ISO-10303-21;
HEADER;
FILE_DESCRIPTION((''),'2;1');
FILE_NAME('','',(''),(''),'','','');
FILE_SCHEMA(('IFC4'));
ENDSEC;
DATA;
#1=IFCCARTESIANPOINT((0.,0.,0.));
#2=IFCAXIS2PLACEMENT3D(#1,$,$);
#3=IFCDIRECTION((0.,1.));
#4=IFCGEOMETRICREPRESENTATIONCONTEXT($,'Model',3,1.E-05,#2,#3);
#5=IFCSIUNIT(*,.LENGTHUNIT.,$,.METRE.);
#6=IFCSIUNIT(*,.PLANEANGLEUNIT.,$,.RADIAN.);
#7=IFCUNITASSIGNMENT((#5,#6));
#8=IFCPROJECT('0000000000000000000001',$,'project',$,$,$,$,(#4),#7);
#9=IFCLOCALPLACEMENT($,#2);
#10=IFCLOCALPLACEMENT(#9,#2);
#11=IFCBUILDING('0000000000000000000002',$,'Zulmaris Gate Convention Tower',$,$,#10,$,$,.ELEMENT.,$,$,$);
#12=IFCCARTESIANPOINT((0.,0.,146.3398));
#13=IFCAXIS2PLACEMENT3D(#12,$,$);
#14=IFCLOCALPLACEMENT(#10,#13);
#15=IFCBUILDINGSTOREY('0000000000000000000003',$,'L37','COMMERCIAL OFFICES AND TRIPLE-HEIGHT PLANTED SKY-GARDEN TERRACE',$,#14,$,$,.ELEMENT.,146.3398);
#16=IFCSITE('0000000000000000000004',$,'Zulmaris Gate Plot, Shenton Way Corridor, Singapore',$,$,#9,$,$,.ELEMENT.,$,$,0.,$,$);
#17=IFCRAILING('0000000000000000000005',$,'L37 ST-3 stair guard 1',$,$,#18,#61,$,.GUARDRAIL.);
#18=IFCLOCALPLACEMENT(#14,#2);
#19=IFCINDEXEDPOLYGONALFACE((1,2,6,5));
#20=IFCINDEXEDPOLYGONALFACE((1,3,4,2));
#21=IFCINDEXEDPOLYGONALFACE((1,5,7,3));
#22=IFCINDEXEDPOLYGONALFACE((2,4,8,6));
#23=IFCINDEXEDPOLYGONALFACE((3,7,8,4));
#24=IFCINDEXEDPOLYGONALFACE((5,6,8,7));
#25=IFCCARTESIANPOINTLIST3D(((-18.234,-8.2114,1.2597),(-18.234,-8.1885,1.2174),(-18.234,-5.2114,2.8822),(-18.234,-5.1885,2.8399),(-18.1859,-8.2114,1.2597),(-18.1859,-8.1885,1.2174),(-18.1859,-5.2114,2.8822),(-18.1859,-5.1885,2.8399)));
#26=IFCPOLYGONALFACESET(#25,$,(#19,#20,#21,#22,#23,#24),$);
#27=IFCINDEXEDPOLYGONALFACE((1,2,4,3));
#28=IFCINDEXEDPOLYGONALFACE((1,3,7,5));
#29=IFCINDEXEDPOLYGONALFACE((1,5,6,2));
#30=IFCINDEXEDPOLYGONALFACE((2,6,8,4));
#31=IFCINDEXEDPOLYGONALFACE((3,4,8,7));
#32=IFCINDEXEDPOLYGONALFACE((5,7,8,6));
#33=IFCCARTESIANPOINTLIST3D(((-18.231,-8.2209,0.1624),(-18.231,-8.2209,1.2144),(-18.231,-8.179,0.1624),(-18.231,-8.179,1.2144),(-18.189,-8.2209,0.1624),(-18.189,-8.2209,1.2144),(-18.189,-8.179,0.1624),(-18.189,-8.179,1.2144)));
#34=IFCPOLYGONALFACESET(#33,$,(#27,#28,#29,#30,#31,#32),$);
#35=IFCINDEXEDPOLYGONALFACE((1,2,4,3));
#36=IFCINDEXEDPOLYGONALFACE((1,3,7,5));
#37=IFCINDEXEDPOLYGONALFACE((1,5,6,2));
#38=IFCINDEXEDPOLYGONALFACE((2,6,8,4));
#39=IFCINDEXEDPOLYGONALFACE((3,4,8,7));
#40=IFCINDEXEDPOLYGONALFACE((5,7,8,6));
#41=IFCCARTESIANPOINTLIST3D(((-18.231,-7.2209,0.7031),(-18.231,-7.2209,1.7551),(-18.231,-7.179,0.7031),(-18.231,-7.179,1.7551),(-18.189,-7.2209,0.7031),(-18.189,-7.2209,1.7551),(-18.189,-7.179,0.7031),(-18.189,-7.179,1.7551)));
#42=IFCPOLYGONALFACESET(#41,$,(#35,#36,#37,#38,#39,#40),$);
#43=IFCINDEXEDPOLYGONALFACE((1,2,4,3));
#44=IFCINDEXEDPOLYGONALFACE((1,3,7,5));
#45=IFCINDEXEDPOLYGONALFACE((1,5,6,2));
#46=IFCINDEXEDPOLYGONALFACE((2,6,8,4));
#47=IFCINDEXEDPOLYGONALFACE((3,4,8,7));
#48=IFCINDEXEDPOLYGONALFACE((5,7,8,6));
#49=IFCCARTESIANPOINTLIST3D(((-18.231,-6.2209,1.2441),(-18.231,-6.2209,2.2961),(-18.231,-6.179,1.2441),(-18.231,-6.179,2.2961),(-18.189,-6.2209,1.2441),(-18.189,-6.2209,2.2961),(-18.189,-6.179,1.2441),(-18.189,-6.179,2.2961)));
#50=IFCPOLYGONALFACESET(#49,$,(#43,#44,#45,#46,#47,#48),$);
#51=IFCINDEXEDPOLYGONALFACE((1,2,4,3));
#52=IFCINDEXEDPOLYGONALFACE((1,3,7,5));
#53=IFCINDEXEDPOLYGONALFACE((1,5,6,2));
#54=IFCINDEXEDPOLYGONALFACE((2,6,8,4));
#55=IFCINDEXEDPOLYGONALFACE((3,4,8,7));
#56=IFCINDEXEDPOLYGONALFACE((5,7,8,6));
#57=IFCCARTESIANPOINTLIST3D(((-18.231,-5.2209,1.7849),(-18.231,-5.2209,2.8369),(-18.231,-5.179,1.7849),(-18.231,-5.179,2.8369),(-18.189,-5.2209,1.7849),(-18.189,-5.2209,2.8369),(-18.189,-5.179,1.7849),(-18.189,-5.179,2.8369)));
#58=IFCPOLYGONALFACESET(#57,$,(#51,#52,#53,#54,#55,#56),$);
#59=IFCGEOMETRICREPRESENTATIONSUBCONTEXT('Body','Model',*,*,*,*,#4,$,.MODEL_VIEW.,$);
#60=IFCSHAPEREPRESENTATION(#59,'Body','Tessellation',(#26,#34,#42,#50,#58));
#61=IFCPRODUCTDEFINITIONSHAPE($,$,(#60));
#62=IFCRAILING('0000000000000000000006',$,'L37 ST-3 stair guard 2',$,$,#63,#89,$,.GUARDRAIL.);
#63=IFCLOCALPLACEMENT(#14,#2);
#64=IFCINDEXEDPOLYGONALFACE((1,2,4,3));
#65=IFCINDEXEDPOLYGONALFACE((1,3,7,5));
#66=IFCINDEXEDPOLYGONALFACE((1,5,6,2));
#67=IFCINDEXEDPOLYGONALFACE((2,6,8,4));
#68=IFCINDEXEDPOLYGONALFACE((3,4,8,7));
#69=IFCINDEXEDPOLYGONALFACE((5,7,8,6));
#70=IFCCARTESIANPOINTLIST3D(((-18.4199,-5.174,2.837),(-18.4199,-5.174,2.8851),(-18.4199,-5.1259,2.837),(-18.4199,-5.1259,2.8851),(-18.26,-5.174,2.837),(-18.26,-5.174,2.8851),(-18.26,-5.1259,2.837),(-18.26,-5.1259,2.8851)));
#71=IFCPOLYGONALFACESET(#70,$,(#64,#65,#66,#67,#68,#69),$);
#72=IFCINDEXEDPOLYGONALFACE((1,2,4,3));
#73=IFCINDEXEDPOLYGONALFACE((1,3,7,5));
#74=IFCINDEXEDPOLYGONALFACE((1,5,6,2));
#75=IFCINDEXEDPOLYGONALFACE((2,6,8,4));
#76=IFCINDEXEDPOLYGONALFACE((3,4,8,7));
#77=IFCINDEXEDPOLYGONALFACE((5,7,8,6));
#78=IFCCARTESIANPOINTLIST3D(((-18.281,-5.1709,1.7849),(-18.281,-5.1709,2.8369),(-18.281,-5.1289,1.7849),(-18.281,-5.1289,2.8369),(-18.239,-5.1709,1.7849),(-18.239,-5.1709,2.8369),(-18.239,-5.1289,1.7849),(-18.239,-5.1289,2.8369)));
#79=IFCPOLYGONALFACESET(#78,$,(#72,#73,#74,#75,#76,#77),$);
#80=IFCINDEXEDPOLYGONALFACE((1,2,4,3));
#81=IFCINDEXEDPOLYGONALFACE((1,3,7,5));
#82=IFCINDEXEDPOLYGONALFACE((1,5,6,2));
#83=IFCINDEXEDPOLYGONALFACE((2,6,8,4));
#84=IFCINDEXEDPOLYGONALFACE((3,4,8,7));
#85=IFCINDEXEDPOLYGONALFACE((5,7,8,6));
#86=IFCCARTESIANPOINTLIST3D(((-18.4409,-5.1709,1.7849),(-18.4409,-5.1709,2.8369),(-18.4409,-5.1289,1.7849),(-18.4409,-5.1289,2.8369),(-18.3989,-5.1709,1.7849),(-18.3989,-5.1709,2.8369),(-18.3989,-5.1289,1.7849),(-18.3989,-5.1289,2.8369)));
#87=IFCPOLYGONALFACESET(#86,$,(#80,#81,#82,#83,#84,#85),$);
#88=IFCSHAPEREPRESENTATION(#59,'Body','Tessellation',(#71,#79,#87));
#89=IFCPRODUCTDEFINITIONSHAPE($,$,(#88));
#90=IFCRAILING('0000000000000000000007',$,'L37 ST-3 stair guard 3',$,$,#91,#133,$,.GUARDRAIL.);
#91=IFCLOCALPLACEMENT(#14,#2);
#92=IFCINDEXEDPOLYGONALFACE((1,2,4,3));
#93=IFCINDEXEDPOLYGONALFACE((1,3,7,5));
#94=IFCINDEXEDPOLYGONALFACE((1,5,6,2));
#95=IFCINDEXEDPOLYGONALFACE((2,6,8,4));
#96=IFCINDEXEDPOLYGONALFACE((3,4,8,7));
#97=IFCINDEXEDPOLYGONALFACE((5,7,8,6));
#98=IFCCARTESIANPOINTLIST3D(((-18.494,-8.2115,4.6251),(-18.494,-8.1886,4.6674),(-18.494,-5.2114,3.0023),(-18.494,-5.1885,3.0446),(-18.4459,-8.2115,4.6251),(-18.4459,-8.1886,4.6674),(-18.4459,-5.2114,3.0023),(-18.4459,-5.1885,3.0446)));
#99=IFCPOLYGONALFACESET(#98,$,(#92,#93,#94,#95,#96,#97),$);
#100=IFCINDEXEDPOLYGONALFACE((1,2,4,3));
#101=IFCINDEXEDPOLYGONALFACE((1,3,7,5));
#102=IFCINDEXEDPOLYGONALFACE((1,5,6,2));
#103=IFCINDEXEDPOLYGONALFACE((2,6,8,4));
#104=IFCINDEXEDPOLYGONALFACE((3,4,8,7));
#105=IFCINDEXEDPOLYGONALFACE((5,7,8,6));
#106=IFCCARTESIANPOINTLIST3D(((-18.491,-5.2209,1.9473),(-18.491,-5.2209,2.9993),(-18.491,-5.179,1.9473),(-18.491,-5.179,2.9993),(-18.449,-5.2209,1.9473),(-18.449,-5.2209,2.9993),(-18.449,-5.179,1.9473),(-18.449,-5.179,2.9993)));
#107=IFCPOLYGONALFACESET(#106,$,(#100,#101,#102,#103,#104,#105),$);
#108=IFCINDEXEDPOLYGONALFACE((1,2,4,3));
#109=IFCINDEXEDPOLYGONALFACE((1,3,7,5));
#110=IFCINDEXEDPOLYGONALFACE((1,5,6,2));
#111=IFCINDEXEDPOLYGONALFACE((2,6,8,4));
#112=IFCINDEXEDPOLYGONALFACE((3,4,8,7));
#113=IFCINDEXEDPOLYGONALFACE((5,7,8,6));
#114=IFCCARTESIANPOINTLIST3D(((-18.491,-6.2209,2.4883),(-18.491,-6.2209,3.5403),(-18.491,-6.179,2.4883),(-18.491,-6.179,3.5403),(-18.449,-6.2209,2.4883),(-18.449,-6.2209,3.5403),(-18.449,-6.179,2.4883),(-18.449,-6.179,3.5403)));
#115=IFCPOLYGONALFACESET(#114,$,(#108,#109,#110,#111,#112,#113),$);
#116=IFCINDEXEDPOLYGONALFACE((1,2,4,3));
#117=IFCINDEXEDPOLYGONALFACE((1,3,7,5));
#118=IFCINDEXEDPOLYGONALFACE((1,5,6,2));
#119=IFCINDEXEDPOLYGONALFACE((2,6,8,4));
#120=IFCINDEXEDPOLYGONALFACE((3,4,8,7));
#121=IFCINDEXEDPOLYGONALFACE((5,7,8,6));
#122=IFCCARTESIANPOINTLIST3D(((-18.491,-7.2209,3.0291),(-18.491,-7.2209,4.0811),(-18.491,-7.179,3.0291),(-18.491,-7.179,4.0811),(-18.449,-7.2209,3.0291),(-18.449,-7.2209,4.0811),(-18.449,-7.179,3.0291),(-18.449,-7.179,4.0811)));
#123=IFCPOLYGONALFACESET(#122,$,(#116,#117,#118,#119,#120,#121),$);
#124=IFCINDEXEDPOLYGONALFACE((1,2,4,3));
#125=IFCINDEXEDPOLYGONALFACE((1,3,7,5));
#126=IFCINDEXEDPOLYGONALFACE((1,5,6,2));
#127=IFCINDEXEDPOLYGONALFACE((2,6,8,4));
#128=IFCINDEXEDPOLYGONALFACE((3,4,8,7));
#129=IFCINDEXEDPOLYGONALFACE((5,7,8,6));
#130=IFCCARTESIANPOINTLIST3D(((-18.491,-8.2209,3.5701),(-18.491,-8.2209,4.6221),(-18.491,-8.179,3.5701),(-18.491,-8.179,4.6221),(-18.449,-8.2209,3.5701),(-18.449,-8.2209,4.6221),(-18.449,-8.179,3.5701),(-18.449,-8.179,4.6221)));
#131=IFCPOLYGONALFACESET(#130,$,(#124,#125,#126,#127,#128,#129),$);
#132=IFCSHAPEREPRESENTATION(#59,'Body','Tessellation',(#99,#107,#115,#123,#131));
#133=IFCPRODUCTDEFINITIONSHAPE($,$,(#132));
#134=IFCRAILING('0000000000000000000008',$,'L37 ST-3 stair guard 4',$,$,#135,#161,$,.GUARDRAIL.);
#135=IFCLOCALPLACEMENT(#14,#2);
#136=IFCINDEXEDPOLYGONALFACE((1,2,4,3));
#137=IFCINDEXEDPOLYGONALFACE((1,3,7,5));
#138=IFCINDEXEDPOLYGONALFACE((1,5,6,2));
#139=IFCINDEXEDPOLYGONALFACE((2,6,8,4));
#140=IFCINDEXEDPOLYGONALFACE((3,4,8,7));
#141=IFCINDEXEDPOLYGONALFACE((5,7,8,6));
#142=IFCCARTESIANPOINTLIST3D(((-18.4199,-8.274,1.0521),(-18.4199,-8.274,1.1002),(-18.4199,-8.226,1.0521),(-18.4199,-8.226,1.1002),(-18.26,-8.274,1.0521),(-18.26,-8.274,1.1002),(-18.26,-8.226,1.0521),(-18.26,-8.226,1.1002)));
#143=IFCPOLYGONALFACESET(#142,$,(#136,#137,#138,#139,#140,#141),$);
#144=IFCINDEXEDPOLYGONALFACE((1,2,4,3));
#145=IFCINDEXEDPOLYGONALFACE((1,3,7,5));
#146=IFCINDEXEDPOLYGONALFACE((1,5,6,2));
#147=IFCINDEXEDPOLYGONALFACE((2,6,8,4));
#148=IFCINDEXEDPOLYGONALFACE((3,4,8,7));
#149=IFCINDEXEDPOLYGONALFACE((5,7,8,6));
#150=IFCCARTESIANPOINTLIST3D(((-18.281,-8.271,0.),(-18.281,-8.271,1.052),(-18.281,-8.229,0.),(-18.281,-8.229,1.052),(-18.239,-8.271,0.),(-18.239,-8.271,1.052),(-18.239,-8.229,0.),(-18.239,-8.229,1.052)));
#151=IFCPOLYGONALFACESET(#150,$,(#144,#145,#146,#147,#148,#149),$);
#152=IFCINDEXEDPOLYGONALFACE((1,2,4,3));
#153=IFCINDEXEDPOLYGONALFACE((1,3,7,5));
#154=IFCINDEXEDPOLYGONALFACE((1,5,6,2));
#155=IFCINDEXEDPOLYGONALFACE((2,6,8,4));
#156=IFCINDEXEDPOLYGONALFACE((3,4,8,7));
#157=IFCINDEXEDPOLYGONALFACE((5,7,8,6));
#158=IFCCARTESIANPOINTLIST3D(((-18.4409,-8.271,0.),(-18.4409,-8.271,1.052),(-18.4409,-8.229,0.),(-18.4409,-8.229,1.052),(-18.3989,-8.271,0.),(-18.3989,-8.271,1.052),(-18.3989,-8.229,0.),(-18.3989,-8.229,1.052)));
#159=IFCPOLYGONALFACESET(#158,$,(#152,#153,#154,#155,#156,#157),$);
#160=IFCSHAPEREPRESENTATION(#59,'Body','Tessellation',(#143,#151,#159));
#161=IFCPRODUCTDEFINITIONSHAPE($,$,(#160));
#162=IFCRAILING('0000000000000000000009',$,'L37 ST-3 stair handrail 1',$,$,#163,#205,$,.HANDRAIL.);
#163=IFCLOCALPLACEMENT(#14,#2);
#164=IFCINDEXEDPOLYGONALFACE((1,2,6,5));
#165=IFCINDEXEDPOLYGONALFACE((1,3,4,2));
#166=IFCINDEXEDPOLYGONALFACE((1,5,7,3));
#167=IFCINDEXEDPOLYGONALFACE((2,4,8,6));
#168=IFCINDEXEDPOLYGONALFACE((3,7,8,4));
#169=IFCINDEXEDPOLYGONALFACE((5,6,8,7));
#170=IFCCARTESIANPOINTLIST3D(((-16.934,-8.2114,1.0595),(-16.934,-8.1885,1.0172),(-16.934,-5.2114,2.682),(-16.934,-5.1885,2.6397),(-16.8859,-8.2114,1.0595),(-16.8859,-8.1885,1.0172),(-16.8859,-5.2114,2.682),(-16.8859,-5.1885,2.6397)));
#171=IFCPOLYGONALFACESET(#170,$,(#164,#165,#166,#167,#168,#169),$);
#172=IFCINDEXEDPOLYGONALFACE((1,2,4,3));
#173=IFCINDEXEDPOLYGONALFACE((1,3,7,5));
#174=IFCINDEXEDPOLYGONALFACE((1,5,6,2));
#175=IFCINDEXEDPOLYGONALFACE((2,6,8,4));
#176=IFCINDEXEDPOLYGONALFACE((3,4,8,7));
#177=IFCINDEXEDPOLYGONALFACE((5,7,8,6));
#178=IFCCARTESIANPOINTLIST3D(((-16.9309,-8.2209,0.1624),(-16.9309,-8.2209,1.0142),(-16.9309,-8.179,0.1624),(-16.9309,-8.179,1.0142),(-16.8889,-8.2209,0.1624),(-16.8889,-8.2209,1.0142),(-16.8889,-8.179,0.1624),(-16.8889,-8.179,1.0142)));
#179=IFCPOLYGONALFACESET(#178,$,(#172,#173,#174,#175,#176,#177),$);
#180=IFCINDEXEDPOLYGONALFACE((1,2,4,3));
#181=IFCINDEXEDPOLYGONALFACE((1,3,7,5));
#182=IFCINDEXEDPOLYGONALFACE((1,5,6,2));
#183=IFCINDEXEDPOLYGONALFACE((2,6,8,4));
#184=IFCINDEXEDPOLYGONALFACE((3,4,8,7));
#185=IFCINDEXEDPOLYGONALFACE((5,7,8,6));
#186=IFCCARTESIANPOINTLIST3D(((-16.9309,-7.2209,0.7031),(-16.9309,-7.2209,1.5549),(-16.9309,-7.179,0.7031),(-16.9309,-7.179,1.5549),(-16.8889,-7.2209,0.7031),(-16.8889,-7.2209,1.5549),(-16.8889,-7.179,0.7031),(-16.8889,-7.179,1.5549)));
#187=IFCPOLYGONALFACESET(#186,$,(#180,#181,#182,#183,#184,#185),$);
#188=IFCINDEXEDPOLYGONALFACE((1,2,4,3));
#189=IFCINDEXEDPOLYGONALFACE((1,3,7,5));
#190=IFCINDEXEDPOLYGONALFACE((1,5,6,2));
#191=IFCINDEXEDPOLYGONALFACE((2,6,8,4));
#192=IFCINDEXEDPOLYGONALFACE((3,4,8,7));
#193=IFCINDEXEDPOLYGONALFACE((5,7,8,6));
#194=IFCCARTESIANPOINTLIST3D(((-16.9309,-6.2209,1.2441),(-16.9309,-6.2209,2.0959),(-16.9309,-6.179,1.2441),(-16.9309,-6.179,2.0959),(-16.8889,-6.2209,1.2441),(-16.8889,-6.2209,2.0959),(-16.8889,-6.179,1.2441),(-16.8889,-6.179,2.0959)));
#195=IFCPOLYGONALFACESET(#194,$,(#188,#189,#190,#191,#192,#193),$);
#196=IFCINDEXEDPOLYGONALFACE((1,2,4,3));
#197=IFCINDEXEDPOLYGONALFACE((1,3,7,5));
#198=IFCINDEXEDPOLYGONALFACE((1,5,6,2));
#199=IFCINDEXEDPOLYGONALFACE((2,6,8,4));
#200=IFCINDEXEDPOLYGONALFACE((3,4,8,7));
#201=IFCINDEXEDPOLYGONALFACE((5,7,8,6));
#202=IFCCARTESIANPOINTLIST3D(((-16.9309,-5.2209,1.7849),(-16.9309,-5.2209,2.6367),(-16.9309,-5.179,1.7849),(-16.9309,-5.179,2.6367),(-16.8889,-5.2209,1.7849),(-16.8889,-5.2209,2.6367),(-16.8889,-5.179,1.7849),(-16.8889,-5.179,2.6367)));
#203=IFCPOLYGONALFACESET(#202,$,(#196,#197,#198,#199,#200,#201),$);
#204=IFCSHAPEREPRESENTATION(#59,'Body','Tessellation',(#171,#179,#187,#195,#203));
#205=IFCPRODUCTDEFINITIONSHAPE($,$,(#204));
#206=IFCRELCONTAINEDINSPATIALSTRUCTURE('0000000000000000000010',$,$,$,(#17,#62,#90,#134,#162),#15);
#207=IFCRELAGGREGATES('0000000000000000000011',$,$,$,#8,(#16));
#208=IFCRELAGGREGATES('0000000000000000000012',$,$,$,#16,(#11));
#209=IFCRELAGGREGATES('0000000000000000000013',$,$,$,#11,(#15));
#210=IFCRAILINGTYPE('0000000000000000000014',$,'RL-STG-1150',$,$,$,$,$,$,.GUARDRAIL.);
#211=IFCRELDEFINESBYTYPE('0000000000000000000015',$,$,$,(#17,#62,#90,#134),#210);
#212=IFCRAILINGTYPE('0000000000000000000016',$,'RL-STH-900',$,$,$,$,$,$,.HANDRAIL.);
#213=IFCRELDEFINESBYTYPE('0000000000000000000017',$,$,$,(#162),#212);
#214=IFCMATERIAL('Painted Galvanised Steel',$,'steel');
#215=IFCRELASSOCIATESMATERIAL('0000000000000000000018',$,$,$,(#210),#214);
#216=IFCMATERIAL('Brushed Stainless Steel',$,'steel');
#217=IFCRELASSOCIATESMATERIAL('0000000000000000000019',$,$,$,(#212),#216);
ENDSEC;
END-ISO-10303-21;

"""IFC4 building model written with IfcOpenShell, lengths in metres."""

from ifc_helpers import new_model, si_unit, direction, frame, origin, origin_2d, place, context, subcontext, project, spatial, rectangle, extrude, material, type_object, element, save


model = new_model("IFC4")

# Units and contexts
model_context = context("Model", 3, precision=1e-05, world=origin(), true_north=direction((0.0, 1.0)))
body_context = subcontext(model_context, "Body", "Model", "MODEL_VIEW")
ifc_project = project(units=[si_unit("LENGTHUNIT", "METRE"), si_unit("PLANEANGLEUNIT", "RADIAN")], contexts=[model_context])

# Site, building, storey
site_placement = place(None, origin())
site = spatial("IfcSite", under=ifc_project, at=site_placement, Name="Zulmaris Gate Plot, Shenton Way Corridor, Singapore", CompositionType="ELEMENT", RefElevation=0.0)
building_placement = place(site_placement, origin())
building = spatial("IfcBuilding", under=site, at=building_placement, Name="Zulmaris Gate Convention Tower", CompositionType="ELEMENT")
storey_placement = place(building_placement, frame((0.0, 0.0, 146.3398)))
storey = spatial("IfcBuildingStorey", under=building, at=storey_placement, Name="L37", Description="COMMERCIAL OFFICES AND TRIPLE-HEIGHT PLANTED SKY-GARDEN TERRACE", CompositionType="ELEMENT", Elevation=146.3398)

# Railings
ifc_material_1 = material(Name="Painted Galvanised Steel", Category="steel")
railing_type_1 = type_object("IfcRailingType", Name="RL-STG-1150", PredefinedType="GUARDRAIL", material=ifc_material_1)
railing_1_placement = place(storey_placement, frame((-18.21, -8.2, 0.1624)))
element("IfcRailing", 1, at=railing_1_placement, inside=storey, type_object=railing_type_1, Name="L37 ST-3 stair guard 1", PredefinedType="GUARDRAIL", context=body_context, shape_type="SweptSolid", body=[
    extrude(rectangle(XDim=0.0481, YDim=0.0481, at=origin_2d()), frame((0.0, 0.0, 1.0762), z_axis=(0.0, 0.879592, 0.47573), x_axis=(-1.0, 0.0, 0.0)), (0.0, 0.0, 1.0), 3.4106),
    extrude(rectangle(XDim=0.042, YDim=0.042, at=origin_2d()), origin(), (0.0, 0.0, 1.0), 1.052),
    extrude(rectangle(XDim=0.042, YDim=0.042, at=origin_2d()), frame((0.0, 1.0, 0.5408)), (0.0, 0.0, 1.0), 1.052),
    extrude(rectangle(XDim=0.042, YDim=0.042, at=origin_2d()), frame((0.0, 2.0, 1.0818)), (0.0, 0.0, 1.0), 1.052),
    extrude(rectangle(XDim=0.042, YDim=0.042, at=origin_2d()), frame((0.0, 3.0, 1.6226)), (0.0, 0.0, 1.0), 1.052),
])
railing_2_placement = place(storey_placement, frame((-18.26, -5.1499, 1.7849)))
element("IfcRailing", 2, at=railing_2_placement, inside=storey, type_object=railing_type_1, Name="L37 ST-3 stair guard 2", PredefinedType="GUARDRAIL", context=body_context, shape_type="SweptSolid", body=[
    extrude(rectangle(XDim=0.0481, YDim=0.0481, at=origin_2d()), frame((0.0, 0.0, 1.0762), z_axis=(-1.0, 0.0, 0.0), x_axis=(0.0, -1.0, 0.0)), (0.0, 0.0, 1.0), 0.1599),
    extrude(rectangle(XDim=0.042, YDim=0.042, at=origin_2d()), origin(), (0.0, 0.0, 1.0), 1.052),
    extrude(rectangle(XDim=0.042, YDim=0.042, at=origin_2d()), frame((-0.1599, 0.0, 0.0)), (0.0, 0.0, 1.0), 1.052),
])
railing_3_placement = place(storey_placement, frame((-18.47, -5.2, 1.9473)))
element("IfcRailing", 3, at=railing_3_placement, inside=storey, type_object=railing_type_1, Name="L37 ST-3 stair guard 3", PredefinedType="GUARDRAIL", context=body_context, shape_type="SweptSolid", body=[
    extrude(rectangle(XDim=0.0481, YDim=0.0481, at=origin_2d()), frame((0.0, 0.0, 1.0762), z_axis=(0.0, -0.879562, 0.475785), x_axis=(1.0, 0.0, 0.0)), (0.0, 0.0, 1.0), 3.4109),
    extrude(rectangle(XDim=0.042, YDim=0.042, at=origin_2d()), origin(), (0.0, 0.0, 1.0), 1.052),
    extrude(rectangle(XDim=0.042, YDim=0.042, at=origin_2d()), frame((0.0, -1.0, 0.541)), (0.0, 0.0, 1.0), 1.052),
    extrude(rectangle(XDim=0.042, YDim=0.042, at=origin_2d()), frame((0.0, -2.0, 1.0818)), (0.0, 0.0, 1.0), 1.052),
    extrude(rectangle(XDim=0.042, YDim=0.042, at=origin_2d()), frame((0.0, -3.0, 1.6228)), (0.0, 0.0, 1.0), 1.052),
])
railing_4_placement = place(storey_placement, frame((-18.26, -8.25, 0.0)))
element("IfcRailing", 4, at=railing_4_placement, inside=storey, type_object=railing_type_1, Name="L37 ST-3 stair guard 4", PredefinedType="GUARDRAIL", context=body_context, shape_type="SweptSolid", body=[
    extrude(rectangle(XDim=0.0481, YDim=0.0481, at=origin_2d()), frame((0.0, 0.0, 1.0762), z_axis=(-1.0, 0.0, 0.0), x_axis=(0.0, -1.0, 0.0)), (0.0, 0.0, 1.0), 0.1599),
    extrude(rectangle(XDim=0.042, YDim=0.042, at=origin_2d()), origin(), (0.0, 0.0, 1.0), 1.052),
    extrude(rectangle(XDim=0.042, YDim=0.042, at=origin_2d()), frame((-0.1599, 0.0, 0.0)), (0.0, 0.0, 1.0), 1.052),
])
ifc_material_2 = material(Name="Brushed Stainless Steel", Category="steel")
railing_type_2 = type_object("IfcRailingType", Name="RL-STH-900", PredefinedType="HANDRAIL", material=ifc_material_2)
railing_5_placement = place(storey_placement, frame((-16.9099, -8.2, 0.1624)))
element("IfcRailing", 5, at=railing_5_placement, inside=storey, type_object=railing_type_2, Name="L37 ST-3 stair handrail 1", PredefinedType="HANDRAIL", context=body_context, shape_type="SweptSolid", body=[
    extrude(rectangle(XDim=0.0481, YDim=0.0481, at=origin_2d()), frame((0.0, 0.0, 0.876), z_axis=(0.0, 0.879592, 0.47573), x_axis=(-1.0, 0.0, 0.0)), (0.0, 0.0, 1.0), 3.4106),
    extrude(rectangle(XDim=0.042, YDim=0.042, at=origin_2d()), origin(), (0.0, 0.0, 1.0), 0.8518),
    extrude(rectangle(XDim=0.042, YDim=0.042, at=origin_2d()), frame((0.0, 1.0, 0.5408)), (0.0, 0.0, 1.0), 0.8518),
    extrude(rectangle(XDim=0.042, YDim=0.042, at=origin_2d()), frame((0.0, 2.0, 1.0818)), (0.0, 0.0, 1.0), 0.8518),
    extrude(rectangle(XDim=0.042, YDim=0.042, at=origin_2d()), frame((0.0, 3.0, 1.6226)), (0.0, 0.0, 1.0), 0.8518),
])

save(model, "model.ifc")
